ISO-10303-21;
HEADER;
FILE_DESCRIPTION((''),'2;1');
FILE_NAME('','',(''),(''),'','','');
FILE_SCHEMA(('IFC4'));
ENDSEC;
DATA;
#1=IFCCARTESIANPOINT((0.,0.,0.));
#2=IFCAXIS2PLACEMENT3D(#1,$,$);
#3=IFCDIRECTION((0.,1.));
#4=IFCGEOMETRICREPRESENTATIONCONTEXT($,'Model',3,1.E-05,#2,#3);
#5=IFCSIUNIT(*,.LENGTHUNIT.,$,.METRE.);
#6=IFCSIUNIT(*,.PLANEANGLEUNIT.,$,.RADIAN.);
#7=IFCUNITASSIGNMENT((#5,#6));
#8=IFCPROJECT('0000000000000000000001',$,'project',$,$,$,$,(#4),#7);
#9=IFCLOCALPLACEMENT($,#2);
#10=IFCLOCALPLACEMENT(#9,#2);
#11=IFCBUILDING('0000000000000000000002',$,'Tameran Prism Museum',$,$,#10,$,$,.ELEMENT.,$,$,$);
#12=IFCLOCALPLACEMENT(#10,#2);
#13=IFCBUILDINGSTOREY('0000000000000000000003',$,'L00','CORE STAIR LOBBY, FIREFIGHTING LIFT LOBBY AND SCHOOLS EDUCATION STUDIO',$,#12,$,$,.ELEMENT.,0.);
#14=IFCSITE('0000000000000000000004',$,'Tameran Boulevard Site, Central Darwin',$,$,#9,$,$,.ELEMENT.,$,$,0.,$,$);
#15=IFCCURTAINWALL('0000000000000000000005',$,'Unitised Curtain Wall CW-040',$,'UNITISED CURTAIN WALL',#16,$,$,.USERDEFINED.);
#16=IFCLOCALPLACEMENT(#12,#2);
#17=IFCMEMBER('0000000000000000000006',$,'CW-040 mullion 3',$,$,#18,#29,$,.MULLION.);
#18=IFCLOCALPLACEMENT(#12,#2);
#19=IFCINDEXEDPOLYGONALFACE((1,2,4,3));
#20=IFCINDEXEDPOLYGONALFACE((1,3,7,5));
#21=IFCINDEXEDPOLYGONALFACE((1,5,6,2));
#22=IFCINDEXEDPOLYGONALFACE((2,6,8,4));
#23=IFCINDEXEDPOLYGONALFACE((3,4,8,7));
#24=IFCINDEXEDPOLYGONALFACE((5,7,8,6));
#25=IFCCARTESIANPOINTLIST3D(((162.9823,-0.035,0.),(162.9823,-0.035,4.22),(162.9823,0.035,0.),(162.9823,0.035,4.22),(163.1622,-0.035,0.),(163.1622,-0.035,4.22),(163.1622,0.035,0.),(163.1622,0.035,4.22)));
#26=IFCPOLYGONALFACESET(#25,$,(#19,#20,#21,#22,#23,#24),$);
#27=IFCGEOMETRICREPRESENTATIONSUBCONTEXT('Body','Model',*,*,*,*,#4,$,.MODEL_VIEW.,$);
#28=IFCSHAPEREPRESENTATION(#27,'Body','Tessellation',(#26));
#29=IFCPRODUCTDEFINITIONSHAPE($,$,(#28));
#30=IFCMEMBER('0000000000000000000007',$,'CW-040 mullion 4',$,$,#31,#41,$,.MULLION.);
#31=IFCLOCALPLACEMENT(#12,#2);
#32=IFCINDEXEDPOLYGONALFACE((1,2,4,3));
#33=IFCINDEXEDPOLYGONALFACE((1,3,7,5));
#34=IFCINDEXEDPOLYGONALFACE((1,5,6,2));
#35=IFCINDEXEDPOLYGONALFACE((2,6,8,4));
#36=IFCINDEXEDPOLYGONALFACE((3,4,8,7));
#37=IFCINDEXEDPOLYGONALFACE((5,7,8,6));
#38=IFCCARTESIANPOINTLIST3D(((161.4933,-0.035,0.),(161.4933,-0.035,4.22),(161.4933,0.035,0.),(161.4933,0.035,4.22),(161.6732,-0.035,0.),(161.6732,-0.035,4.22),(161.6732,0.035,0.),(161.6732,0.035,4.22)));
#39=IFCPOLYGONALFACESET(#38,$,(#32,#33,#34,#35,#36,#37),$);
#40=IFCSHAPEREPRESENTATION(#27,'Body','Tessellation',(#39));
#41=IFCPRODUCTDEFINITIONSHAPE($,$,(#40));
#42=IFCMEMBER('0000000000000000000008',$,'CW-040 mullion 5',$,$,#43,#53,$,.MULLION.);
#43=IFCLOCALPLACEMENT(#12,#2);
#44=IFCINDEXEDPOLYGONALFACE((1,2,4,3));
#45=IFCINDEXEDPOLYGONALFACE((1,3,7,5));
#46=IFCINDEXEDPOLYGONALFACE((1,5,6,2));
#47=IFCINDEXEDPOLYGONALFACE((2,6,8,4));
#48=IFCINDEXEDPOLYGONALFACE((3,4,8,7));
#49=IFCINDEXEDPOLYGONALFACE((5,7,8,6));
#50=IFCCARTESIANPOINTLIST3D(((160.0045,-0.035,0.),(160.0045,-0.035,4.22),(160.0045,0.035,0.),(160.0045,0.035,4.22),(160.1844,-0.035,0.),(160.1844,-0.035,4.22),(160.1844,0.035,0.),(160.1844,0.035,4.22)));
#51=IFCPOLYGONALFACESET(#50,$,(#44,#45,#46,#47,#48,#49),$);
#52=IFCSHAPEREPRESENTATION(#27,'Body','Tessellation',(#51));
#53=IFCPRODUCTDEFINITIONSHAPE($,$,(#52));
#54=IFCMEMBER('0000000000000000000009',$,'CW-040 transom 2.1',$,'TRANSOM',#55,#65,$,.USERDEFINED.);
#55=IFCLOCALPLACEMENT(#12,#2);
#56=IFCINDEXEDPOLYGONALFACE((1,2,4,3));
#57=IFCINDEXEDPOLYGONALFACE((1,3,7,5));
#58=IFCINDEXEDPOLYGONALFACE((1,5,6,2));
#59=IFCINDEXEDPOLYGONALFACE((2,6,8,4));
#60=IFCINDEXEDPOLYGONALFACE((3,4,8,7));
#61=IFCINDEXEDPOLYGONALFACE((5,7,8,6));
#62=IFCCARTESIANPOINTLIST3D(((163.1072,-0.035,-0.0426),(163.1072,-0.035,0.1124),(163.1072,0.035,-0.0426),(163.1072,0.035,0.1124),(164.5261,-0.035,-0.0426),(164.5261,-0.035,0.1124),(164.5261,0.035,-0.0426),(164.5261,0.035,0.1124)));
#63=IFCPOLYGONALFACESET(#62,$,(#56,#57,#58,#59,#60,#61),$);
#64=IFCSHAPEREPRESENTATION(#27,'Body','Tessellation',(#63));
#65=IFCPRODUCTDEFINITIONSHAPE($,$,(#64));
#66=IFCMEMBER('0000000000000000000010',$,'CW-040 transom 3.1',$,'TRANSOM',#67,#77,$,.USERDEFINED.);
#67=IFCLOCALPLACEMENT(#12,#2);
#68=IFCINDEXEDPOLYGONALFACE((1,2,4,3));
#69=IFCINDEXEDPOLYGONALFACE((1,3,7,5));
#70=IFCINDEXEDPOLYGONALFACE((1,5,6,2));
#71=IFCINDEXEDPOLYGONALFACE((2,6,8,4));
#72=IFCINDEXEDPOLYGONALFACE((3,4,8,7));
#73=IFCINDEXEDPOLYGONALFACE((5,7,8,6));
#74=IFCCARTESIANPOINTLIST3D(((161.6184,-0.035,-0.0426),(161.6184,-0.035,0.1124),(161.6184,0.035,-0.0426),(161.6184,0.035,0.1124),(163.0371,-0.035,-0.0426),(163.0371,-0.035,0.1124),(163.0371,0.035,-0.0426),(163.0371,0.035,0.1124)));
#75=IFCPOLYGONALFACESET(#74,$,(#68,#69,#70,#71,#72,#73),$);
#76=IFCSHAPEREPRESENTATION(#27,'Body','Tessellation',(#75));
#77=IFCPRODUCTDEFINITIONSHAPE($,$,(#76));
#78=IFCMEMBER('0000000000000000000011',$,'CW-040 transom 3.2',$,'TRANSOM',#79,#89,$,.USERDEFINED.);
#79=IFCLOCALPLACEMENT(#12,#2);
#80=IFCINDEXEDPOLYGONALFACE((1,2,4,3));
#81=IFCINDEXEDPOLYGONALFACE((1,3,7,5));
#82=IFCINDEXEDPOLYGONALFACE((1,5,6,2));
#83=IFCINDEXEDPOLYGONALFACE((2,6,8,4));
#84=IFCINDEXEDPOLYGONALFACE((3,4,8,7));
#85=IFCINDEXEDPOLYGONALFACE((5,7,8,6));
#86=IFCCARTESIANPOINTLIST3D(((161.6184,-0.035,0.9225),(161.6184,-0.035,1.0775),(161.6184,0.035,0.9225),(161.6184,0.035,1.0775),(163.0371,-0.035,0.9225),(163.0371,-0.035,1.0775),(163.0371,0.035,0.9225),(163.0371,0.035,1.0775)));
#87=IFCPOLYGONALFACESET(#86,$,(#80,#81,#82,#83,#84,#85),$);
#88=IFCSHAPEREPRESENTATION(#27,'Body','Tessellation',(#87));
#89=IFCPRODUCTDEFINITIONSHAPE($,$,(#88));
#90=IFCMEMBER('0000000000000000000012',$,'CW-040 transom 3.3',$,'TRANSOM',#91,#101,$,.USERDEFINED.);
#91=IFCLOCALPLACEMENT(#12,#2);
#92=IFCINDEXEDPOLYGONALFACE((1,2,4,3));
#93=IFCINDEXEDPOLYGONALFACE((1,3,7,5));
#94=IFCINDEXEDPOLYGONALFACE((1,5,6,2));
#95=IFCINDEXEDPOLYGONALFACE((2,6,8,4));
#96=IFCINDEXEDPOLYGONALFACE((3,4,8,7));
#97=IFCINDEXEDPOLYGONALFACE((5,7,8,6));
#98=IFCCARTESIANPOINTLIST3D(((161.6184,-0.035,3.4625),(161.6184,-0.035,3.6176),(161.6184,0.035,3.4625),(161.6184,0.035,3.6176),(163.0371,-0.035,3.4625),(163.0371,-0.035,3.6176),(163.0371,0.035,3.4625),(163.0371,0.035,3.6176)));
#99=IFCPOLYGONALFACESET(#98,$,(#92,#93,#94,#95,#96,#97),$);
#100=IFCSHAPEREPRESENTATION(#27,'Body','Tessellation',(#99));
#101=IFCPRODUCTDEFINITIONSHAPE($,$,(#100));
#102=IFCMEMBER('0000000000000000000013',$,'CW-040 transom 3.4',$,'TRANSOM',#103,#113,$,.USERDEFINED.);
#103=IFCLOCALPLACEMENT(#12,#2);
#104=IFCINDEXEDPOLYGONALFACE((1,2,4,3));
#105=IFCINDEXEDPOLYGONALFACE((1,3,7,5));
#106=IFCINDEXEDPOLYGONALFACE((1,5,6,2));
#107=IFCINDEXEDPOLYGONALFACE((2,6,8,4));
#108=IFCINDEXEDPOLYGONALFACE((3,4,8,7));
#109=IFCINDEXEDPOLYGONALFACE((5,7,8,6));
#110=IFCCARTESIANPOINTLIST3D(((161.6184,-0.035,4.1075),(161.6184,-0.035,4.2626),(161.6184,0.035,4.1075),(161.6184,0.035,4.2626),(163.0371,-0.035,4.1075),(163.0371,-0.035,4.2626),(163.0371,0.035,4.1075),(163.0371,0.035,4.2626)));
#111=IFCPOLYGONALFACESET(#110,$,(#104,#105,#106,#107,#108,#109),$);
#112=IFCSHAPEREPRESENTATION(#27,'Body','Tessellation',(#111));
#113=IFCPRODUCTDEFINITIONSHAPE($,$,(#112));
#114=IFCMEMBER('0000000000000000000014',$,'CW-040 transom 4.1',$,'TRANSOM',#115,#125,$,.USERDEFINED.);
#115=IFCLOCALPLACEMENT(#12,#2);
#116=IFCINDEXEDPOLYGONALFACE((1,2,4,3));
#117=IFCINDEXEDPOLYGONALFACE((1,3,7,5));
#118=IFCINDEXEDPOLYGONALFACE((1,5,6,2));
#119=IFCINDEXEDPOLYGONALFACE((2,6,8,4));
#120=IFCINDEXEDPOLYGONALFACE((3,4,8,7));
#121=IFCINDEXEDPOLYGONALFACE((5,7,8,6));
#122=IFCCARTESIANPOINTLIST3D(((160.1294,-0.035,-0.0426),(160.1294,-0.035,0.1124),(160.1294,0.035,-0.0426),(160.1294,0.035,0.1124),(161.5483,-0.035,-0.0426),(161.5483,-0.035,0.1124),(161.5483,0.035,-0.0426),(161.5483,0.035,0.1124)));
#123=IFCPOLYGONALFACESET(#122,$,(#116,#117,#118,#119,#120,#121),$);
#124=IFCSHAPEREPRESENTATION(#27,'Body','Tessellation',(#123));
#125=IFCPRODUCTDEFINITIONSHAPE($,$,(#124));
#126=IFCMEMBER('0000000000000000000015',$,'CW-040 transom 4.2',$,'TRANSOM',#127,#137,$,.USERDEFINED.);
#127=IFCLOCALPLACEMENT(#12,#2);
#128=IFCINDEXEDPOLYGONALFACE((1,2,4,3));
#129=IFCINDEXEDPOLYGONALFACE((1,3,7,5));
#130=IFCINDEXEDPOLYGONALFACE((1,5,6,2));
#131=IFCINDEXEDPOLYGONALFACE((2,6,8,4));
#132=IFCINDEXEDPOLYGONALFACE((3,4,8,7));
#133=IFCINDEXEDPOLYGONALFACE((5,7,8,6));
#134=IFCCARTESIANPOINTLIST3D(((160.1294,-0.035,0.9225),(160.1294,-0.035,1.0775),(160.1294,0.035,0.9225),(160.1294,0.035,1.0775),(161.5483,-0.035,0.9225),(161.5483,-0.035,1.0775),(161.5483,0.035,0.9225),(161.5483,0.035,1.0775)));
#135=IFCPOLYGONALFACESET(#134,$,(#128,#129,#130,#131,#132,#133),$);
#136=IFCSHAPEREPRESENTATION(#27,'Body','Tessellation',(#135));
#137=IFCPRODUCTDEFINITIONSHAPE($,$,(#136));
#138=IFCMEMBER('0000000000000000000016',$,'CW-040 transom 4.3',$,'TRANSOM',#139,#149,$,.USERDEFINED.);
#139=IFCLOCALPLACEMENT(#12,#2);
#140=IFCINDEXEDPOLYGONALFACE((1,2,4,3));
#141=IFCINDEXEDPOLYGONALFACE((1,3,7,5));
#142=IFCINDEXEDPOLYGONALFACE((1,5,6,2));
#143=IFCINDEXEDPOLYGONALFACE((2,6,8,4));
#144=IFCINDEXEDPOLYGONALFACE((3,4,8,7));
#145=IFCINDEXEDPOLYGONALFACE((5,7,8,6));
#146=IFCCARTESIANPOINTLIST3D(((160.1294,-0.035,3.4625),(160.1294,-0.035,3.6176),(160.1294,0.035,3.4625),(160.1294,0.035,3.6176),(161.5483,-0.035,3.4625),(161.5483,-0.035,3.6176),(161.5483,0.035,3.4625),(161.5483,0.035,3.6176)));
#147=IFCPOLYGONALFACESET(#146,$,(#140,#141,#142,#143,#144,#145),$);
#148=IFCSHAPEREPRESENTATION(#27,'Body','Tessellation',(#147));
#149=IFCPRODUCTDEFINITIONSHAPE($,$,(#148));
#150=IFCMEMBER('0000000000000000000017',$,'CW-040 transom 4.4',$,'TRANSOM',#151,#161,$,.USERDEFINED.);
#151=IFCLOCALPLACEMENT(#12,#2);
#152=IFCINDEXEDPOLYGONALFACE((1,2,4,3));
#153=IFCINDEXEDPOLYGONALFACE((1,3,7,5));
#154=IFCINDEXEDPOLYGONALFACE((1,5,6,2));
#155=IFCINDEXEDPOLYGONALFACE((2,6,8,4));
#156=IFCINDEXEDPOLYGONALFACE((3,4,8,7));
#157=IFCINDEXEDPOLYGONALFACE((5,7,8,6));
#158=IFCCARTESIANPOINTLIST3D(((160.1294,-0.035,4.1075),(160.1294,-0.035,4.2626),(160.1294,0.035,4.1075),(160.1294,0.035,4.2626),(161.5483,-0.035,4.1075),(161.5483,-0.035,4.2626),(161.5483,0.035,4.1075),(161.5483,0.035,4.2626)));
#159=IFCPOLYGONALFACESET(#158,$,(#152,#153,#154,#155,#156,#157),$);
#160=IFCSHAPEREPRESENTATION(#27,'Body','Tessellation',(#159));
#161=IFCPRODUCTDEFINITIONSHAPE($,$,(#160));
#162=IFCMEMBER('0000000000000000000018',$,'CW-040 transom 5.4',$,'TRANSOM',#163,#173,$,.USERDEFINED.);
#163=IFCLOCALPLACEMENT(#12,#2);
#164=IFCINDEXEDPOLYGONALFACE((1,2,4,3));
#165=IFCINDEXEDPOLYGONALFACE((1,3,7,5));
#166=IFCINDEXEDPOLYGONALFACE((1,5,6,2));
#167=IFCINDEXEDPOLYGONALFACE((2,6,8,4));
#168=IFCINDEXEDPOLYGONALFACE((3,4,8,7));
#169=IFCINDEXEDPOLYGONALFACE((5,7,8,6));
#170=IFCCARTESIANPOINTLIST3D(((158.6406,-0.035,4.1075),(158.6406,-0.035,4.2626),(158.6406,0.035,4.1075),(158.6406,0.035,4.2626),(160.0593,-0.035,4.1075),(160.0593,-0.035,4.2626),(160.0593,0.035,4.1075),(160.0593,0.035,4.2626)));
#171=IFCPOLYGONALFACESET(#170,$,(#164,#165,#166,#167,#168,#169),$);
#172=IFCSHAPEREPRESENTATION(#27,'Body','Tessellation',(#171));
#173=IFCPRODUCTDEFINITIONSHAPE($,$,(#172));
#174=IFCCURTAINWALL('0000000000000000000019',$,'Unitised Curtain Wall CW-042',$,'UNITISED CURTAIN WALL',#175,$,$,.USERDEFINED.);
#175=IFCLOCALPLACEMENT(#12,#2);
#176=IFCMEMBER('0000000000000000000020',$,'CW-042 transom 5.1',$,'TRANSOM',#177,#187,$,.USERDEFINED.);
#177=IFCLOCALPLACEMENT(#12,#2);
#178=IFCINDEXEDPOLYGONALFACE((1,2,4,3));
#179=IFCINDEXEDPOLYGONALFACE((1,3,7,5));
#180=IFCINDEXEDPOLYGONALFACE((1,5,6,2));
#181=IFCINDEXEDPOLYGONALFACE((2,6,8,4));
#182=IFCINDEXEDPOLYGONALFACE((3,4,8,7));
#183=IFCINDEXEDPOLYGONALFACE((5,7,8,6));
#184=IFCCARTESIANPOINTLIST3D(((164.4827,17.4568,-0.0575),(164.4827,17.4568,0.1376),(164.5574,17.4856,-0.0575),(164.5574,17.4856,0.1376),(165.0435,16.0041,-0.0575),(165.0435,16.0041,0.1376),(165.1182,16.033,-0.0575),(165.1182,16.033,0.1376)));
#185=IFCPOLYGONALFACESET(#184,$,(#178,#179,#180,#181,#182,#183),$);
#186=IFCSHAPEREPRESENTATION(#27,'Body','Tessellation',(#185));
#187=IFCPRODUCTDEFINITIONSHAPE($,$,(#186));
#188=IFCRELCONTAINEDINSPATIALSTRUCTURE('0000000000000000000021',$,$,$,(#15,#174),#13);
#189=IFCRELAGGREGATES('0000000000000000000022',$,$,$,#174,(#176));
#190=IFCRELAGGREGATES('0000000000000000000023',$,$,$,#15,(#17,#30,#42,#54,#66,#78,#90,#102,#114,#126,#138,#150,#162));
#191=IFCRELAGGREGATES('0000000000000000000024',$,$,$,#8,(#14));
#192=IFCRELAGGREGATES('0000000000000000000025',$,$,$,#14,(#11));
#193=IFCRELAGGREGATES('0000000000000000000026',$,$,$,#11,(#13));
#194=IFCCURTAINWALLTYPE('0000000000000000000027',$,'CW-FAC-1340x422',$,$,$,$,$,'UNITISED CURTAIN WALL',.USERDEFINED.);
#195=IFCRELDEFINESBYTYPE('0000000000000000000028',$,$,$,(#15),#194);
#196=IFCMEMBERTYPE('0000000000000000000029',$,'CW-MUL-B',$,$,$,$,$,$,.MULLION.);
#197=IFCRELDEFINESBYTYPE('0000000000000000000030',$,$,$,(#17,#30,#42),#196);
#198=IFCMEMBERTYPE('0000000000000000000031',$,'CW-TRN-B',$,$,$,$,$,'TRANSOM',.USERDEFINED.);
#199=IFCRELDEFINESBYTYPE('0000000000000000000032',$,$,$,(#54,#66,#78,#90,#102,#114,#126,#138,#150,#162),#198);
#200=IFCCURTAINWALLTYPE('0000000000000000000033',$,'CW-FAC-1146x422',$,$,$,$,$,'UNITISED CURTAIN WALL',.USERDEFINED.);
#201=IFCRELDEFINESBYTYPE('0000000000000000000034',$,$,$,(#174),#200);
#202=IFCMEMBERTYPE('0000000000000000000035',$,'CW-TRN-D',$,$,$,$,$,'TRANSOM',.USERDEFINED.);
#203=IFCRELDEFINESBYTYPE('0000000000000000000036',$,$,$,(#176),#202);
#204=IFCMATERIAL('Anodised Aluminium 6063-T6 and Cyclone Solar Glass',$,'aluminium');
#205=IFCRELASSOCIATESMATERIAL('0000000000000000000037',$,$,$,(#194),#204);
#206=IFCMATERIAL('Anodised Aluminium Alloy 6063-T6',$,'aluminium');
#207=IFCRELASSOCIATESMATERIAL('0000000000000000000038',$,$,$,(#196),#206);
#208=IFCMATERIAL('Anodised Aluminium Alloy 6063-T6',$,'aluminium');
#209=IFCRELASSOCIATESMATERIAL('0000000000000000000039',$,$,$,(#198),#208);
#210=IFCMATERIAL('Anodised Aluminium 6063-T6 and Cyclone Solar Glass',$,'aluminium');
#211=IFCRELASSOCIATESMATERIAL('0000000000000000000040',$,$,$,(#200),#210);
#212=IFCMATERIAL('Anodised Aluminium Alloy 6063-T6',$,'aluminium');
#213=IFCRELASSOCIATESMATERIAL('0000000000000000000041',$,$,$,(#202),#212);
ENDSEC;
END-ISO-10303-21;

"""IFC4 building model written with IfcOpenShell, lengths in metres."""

from ifc_helpers import new_model, si_unit, direction, frame, origin, origin_2d, place, context, subcontext, project, spatial, rectangle, extrude, material, material_profile, profile_set, type_object, element, aggregate, save


model = new_model("IFC4")

# Units and contexts
model_context = context("Model", 3, precision=1e-05, world=origin(), true_north=direction((0.0, 1.0)))
body_context = subcontext(model_context, "Body", "Model", "MODEL_VIEW")
ifc_project = project(units=[si_unit("LENGTHUNIT", "METRE"), si_unit("PLANEANGLEUNIT", "RADIAN")], contexts=[model_context])

# Site, building, storey
site_placement = place(None, origin())
site = spatial("IfcSite", under=ifc_project, at=site_placement, Name="Tameran Boulevard Site, Central Darwin", CompositionType="ELEMENT", RefElevation=0.0)
building_placement = place(site_placement, origin())
building = spatial("IfcBuilding", under=site, at=building_placement, Name="Tameran Prism Museum", CompositionType="ELEMENT")
storey_placement = place(building_placement, origin())
storey = spatial("IfcBuildingStorey", under=building, at=storey_placement, Name="L00", Description="CORE STAIR LOBBY, FIREFIGHTING LIFT LOBBY AND SCHOOLS EDUCATION STUDIO", CompositionType="ELEMENT", Elevation=0.0)

# Curtain walls, members
ifc_material_1 = material(Name="Anodised Aluminium 6063-T6 and Cyclone Solar Glass", Category="aluminium")
curtain_wall_type_1 = type_object("IfcCurtainWallType", Name="CW-FAC-1340x422", ElementType="UNITISED CURTAIN WALL", PredefinedType="USERDEFINED", material=ifc_material_1)
curtain_wall_1_placement = place(storey_placement, origin())
curtain_wall_1 = element("IfcCurtainWall", 1, at=curtain_wall_1_placement, inside=storey, type_object=curtain_wall_type_1, Name="Unitised Curtain Wall CW-040", ObjectType="UNITISED CURTAIN WALL", PredefinedType="USERDEFINED")
ifc_material_2 = material(Name="Anodised Aluminium Alloy 6063-T6", Category="aluminium")
ifc_material_profile_1 = material_profile(ifc_material_2, rectangle(XDim=0.0701, YDim=0.1799, at=origin_2d()))
ifc_profile_set_1 = profile_set([ifc_material_profile_1])
member_type_1 = type_object("IfcMemberType", Name="CW-MUL-B", PredefinedType="MULLION", material=ifc_profile_set_1)
member_1_placement = place(storey_placement, frame((163.0723, 0.0, 0.0), z_axis=(0.0, 0.0, 1.0), x_axis=(0.0, -1.0, 0.0)))
member_1 = element("IfcMember", 2, at=member_1_placement, type_object=member_type_1, Name="CW-040 mullion 3", PredefinedType="MULLION", context=body_context, shape_type="SweptSolid", body=[
    extrude(rectangle(XDim=0.0701, YDim=0.1799, at=origin_2d()), origin(), (0.0, 0.0, 1.0), 4.22),
])
member_2_placement = place(storey_placement, frame((161.5833, 0.0, 0.0), z_axis=(0.0, 0.0, 1.0), x_axis=(0.0, -1.0, 0.0)))
member_2 = element("IfcMember", 3, at=member_2_placement, type_object=member_type_1, Name="CW-040 mullion 4", PredefinedType="MULLION", context=body_context, shape_type="SweptSolid", body=[
    extrude(rectangle(XDim=0.0701, YDim=0.1799, at=origin_2d()), origin(), (0.0, 0.0, 1.0), 4.22),
])
member_3_placement = place(storey_placement, frame((160.0945, 0.0, 0.0), z_axis=(0.0, 0.0, 1.0), x_axis=(0.0, -1.0, 0.0)))
member_3 = element("IfcMember", 4, at=member_3_placement, type_object=member_type_1, Name="CW-040 mullion 5", PredefinedType="MULLION", context=body_context, shape_type="SweptSolid", body=[
    extrude(rectangle(XDim=0.0701, YDim=0.1799, at=origin_2d()), origin(), (0.0, 0.0, 1.0), 4.22),
])
ifc_material_3 = material(Name="Anodised Aluminium Alloy 6063-T6", Category="aluminium")
ifc_material_profile_2 = material_profile(ifc_material_3, rectangle(XDim=0.0701, YDim=0.155, at=origin_2d()))
ifc_profile_set_2 = profile_set([ifc_material_profile_2])
member_type_2 = type_object("IfcMemberType", Name="CW-TRN-B", ElementType="TRANSOM", PredefinedType="USERDEFINED", material=ifc_profile_set_2)
member_4_placement = place(storey_placement, frame((164.5261, 0.0, 0.0349), z_axis=(-1.0, 0.0, 0.0), x_axis=(0.0, -1.0, 0.0)))
member_4 = element("IfcMember", 5, at=member_4_placement, type_object=member_type_2, Name="CW-040 transom 2.1", ObjectType="TRANSOM", PredefinedType="USERDEFINED", context=body_context, shape_type="SweptSolid", body=[
    extrude(rectangle(XDim=0.0701, YDim=0.155, at=origin_2d()), origin(), (0.0, 0.0, 1.0), 1.4189),
])
member_5_placement = place(storey_placement, frame((163.0371, 0.0, 0.0349), z_axis=(-1.0, 0.0, 0.0), x_axis=(0.0, -1.0, 0.0)))
member_5 = element("IfcMember", 6, at=member_5_placement, type_object=member_type_2, Name="CW-040 transom 3.1", ObjectType="TRANSOM", PredefinedType="USERDEFINED", context=body_context, shape_type="SweptSolid", body=[
    extrude(rectangle(XDim=0.0701, YDim=0.155, at=origin_2d()), origin(), (0.0, 0.0, 1.0), 1.4187),
])
member_6_placement = place(storey_placement, frame((163.0371, 0.0, 1.0), z_axis=(-1.0, 0.0, 0.0), x_axis=(0.0, -1.0, 0.0)))
member_6 = element("IfcMember", 7, at=member_6_placement, type_object=member_type_2, Name="CW-040 transom 3.2", ObjectType="TRANSOM", PredefinedType="USERDEFINED", context=body_context, shape_type="SweptSolid", body=[
    extrude(rectangle(XDim=0.0701, YDim=0.155, at=origin_2d()), origin(), (0.0, 0.0, 1.0), 1.4187),
])
member_7_placement = place(storey_placement, frame((163.0371, 0.0, 3.54), z_axis=(-1.0, 0.0, 0.0), x_axis=(0.0, -1.0, 0.0)))
member_7 = element("IfcMember", 8, at=member_7_placement, type_object=member_type_2, Name="CW-040 transom 3.3", ObjectType="TRANSOM", PredefinedType="USERDEFINED", context=body_context, shape_type="SweptSolid", body=[
    extrude(rectangle(XDim=0.0701, YDim=0.155, at=origin_2d()), origin(), (0.0, 0.0, 1.0), 1.4187),
])
member_8_placement = place(storey_placement, frame((163.0371, 0.0, 4.1851), z_axis=(-1.0, 0.0, 0.0), x_axis=(0.0, -1.0, 0.0)))
member_8 = element("IfcMember", 9, at=member_8_placement, type_object=member_type_2, Name="CW-040 transom 3.4", ObjectType="TRANSOM", PredefinedType="USERDEFINED", context=body_context, shape_type="SweptSolid", body=[
    extrude(rectangle(XDim=0.0701, YDim=0.155, at=origin_2d()), origin(), (0.0, 0.0, 1.0), 1.4187),
])
member_9_placement = place(storey_placement, frame((161.5483, 0.0, 0.0349), z_axis=(-1.0, 0.0, 0.0), x_axis=(0.0, -1.0, 0.0)))
member_9 = element("IfcMember", 10, at=member_9_placement, type_object=member_type_2, Name="CW-040 transom 4.1", ObjectType="TRANSOM", PredefinedType="USERDEFINED", context=body_context, shape_type="SweptSolid", body=[
    extrude(rectangle(XDim=0.0701, YDim=0.155, at=origin_2d()), origin(), (0.0, 0.0, 1.0), 1.4189),
])
member_10_placement = place(storey_placement, frame((161.5483, 0.0, 1.0), z_axis=(-1.0, 0.0, 0.0), x_axis=(0.0, -1.0, 0.0)))
member_10 = element("IfcMember", 11, at=member_10_placement, type_object=member_type_2, Name="CW-040 transom 4.2", ObjectType="TRANSOM", PredefinedType="USERDEFINED", context=body_context, shape_type="SweptSolid", body=[
    extrude(rectangle(XDim=0.0701, YDim=0.155, at=origin_2d()), origin(), (0.0, 0.0, 1.0), 1.4189),
])
member_11_placement = place(storey_placement, frame((161.5483, 0.0, 3.54), z_axis=(-1.0, 0.0, 0.0), x_axis=(0.0, -1.0, 0.0)))
member_11 = element("IfcMember", 12, at=member_11_placement, type_object=member_type_2, Name="CW-040 transom 4.3", ObjectType="TRANSOM", PredefinedType="USERDEFINED", context=body_context, shape_type="SweptSolid", body=[
    extrude(rectangle(XDim=0.0701, YDim=0.155, at=origin_2d()), origin(), (0.0, 0.0, 1.0), 1.4189),
])
member_12_placement = place(storey_placement, frame((161.5483, 0.0, 4.1851), z_axis=(-1.0, 0.0, 0.0), x_axis=(0.0, -1.0, 0.0)))
member_12 = element("IfcMember", 13, at=member_12_placement, type_object=member_type_2, Name="CW-040 transom 4.4", ObjectType="TRANSOM", PredefinedType="USERDEFINED", context=body_context, shape_type="SweptSolid", body=[
    extrude(rectangle(XDim=0.0701, YDim=0.155, at=origin_2d()), origin(), (0.0, 0.0, 1.0), 1.4189),
])
member_13_placement = place(storey_placement, frame((160.0593, 0.0, 4.1851), z_axis=(-1.0, 0.0, 0.0), x_axis=(0.0, -1.0, 0.0)))
member_13 = element("IfcMember", 14, at=member_13_placement, type_object=member_type_2, Name="CW-040 transom 5.4", ObjectType="TRANSOM", PredefinedType="USERDEFINED", context=body_context, shape_type="SweptSolid", body=[
    extrude(rectangle(XDim=0.0701, YDim=0.155, at=origin_2d()), origin(), (0.0, 0.0, 1.0), 1.4187),
])
ifc_material_4 = material(Name="Anodised Aluminium 6063-T6 and Cyclone Solar Glass", Category="aluminium")
curtain_wall_type_2 = type_object("IfcCurtainWallType", Name="CW-FAC-1146x422", ElementType="UNITISED CURTAIN WALL", PredefinedType="USERDEFINED", material=ifc_material_4)
curtain_wall_2_placement = place(storey_placement, origin())
curtain_wall_2 = element("IfcCurtainWall", 15, at=curtain_wall_2_placement, inside=storey, type_object=curtain_wall_type_2, Name="Unitised Curtain Wall CW-042", ObjectType="UNITISED CURTAIN WALL", PredefinedType="USERDEFINED")
ifc_material_5 = material(Name="Anodised Aluminium Alloy 6063-T6", Category="aluminium")
ifc_material_profile_3 = material_profile(ifc_material_5, rectangle(XDim=0.0801, YDim=0.1951, at=origin_2d()))
ifc_profile_set_3 = profile_set([ifc_material_profile_3])
member_type_3 = type_object("IfcMemberType", Name="CW-TRN-D", ElementType="TRANSOM", PredefinedType="USERDEFINED", material=ifc_profile_set_3)
member_14_placement = place(storey_placement, frame((164.52, 17.4712, 0.04), z_axis=(0.360145, -0.932896, 0.0), x_axis=(0.932896, 0.360145, 0.0)))
member_14 = element("IfcMember", 16, at=member_14_placement, type_object=member_type_3, Name="CW-042 transom 5.1", ObjectType="TRANSOM", PredefinedType="USERDEFINED", context=body_context, shape_type="SweptSolid", body=[
    extrude(rectangle(XDim=0.0801, YDim=0.1951, at=origin_2d()), origin(), (0.0, 0.0, 1.0), 1.5571),
])
aggregate(curtain_wall_2, [member_14])

aggregate(curtain_wall_1, [member_1, member_2, member_3, member_4, member_5, member_6, member_7, member_8, member_9, member_10, member_11, member_12, member_13])

save(model, "model.ifc")
